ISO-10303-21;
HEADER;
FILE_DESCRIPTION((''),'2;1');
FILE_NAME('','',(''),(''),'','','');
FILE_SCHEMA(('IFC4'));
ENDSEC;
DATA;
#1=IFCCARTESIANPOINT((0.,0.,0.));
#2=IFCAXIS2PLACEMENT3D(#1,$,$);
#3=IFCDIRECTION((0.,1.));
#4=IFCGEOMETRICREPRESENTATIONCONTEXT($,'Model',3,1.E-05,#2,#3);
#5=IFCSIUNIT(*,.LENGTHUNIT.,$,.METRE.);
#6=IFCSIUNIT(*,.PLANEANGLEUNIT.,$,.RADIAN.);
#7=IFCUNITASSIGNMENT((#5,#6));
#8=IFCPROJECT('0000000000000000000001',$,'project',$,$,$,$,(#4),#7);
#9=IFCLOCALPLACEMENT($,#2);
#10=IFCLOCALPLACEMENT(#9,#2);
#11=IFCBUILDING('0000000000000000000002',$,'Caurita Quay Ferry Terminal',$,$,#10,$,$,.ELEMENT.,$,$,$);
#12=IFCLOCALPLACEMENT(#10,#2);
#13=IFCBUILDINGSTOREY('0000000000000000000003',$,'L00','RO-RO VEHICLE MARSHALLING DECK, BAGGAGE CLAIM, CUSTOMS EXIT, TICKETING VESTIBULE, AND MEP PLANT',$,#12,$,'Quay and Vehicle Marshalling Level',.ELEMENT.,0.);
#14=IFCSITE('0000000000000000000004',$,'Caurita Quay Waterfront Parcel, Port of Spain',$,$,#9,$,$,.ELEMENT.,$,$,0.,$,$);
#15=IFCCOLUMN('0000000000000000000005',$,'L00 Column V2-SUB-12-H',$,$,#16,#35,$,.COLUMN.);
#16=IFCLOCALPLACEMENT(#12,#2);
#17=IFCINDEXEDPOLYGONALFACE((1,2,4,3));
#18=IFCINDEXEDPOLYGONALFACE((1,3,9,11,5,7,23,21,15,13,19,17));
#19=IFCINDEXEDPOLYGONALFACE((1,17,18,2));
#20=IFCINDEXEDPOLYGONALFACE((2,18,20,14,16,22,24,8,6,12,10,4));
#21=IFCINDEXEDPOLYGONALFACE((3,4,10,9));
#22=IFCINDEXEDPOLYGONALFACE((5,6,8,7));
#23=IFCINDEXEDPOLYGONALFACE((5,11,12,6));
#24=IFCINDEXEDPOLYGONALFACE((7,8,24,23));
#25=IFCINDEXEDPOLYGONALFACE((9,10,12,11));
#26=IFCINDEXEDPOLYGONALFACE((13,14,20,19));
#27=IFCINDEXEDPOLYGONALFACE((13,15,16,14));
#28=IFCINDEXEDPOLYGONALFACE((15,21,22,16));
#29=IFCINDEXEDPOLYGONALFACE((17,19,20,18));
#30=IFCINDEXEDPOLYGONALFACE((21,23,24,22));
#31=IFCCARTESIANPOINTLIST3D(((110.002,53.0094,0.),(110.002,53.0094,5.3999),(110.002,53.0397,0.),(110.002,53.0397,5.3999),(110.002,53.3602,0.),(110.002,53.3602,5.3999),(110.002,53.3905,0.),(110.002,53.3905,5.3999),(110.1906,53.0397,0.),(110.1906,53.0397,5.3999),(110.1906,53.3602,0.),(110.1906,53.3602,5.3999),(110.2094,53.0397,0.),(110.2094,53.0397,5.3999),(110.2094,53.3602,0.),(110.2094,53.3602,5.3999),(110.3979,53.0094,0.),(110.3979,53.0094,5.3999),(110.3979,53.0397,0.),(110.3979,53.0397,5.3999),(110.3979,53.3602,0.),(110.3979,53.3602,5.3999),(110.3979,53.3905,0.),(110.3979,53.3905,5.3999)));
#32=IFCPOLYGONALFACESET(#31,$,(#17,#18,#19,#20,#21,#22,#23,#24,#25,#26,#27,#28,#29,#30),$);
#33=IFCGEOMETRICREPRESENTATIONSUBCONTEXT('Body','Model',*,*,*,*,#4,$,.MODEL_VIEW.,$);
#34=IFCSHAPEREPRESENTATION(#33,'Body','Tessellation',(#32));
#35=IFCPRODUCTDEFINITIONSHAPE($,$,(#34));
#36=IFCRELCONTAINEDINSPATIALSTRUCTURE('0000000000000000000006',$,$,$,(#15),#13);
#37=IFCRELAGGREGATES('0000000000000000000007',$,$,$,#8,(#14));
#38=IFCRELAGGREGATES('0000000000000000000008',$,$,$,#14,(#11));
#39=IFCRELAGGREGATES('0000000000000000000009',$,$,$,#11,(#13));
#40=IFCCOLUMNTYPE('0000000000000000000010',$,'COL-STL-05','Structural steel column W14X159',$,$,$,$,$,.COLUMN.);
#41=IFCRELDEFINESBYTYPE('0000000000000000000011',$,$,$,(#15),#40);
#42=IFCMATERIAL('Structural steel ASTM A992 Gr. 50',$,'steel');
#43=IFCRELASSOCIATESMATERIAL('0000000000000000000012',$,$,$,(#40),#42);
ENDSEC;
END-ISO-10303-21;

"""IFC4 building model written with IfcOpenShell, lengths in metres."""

from ifc_helpers import new_model, si_unit, direction, frame, origin, origin_2d, place, context, subcontext, project, spatial, i_section, extrude, material, material_profile, profile_set, type_object, element, save


model = new_model("IFC4")

# Units and contexts
model_context = context("Model", 3, precision=1e-05, world=origin(), true_north=direction((0.0, 1.0)))
body_context = subcontext(model_context, "Body", "Model", "MODEL_VIEW")
ifc_project = project(units=[si_unit("LENGTHUNIT", "METRE"), si_unit("PLANEANGLEUNIT", "RADIAN")], contexts=[model_context])

# Site, building, storey
site_placement = place(None, origin())
site = spatial("IfcSite", under=ifc_project, at=site_placement, Name="Caurita Quay Waterfront Parcel, Port of Spain", CompositionType="ELEMENT", RefElevation=0.0)
building_placement = place(site_placement, origin())
building = spatial("IfcBuilding", under=site, at=building_placement, Name="Caurita Quay Ferry Terminal", CompositionType="ELEMENT")
storey_placement = place(building_placement, origin())
storey = spatial("IfcBuildingStorey", under=building, at=storey_placement, Name="L00", Description="RO-RO VEHICLE MARSHALLING DECK, BAGGAGE CLAIM, CUSTOMS EXIT, TICKETING VESTIBULE, AND MEP PLANT", LongName="Quay and Vehicle Marshalling Level", CompositionType="ELEMENT", Elevation=0.0)

# Column
ifc_material_1 = material(Name="Structural steel ASTM A992 Gr. 50", Category="steel")
ifc_material_profile_1 = material_profile(ifc_material_1, i_section(OverallWidth=0.396, OverallDepth=0.3811, WebThickness=0.0188, FlangeThickness=0.0303, at=origin_2d()), Name="W14X159")
ifc_profile_set_1 = profile_set([ifc_material_profile_1], Name="Structural steel ASTM A992 Gr. 50")
column_type = type_object("IfcColumnType", Name="COL-STL-05", Description="Structural steel column W14X159", PredefinedType="COLUMN", material=ifc_profile_set_1)
for number, where, z_axis, x_axis, name in (
    (1, (110.2, 53.2, 0.0), (0.0, 0.0, 1.0), (1.0, 0.0, 0.0), "L00 Column V2-SUB-12-H"),
):
    element("IfcColumn", number, at=place(storey_placement, frame(where, z_axis=z_axis, x_axis=x_axis)), inside=storey, type_object=column_type, Name=name, PredefinedType="COLUMN", context=body_context, shape_type="SweptSolid", body=[
        extrude(i_section(OverallWidth=0.396, OverallDepth=0.3811, WebThickness=0.0188, FlangeThickness=0.0303, at=origin_2d()), origin(), (0.0, 0.0, 1.0), 5.3999),
    ])

save(model, "model.ifc")
